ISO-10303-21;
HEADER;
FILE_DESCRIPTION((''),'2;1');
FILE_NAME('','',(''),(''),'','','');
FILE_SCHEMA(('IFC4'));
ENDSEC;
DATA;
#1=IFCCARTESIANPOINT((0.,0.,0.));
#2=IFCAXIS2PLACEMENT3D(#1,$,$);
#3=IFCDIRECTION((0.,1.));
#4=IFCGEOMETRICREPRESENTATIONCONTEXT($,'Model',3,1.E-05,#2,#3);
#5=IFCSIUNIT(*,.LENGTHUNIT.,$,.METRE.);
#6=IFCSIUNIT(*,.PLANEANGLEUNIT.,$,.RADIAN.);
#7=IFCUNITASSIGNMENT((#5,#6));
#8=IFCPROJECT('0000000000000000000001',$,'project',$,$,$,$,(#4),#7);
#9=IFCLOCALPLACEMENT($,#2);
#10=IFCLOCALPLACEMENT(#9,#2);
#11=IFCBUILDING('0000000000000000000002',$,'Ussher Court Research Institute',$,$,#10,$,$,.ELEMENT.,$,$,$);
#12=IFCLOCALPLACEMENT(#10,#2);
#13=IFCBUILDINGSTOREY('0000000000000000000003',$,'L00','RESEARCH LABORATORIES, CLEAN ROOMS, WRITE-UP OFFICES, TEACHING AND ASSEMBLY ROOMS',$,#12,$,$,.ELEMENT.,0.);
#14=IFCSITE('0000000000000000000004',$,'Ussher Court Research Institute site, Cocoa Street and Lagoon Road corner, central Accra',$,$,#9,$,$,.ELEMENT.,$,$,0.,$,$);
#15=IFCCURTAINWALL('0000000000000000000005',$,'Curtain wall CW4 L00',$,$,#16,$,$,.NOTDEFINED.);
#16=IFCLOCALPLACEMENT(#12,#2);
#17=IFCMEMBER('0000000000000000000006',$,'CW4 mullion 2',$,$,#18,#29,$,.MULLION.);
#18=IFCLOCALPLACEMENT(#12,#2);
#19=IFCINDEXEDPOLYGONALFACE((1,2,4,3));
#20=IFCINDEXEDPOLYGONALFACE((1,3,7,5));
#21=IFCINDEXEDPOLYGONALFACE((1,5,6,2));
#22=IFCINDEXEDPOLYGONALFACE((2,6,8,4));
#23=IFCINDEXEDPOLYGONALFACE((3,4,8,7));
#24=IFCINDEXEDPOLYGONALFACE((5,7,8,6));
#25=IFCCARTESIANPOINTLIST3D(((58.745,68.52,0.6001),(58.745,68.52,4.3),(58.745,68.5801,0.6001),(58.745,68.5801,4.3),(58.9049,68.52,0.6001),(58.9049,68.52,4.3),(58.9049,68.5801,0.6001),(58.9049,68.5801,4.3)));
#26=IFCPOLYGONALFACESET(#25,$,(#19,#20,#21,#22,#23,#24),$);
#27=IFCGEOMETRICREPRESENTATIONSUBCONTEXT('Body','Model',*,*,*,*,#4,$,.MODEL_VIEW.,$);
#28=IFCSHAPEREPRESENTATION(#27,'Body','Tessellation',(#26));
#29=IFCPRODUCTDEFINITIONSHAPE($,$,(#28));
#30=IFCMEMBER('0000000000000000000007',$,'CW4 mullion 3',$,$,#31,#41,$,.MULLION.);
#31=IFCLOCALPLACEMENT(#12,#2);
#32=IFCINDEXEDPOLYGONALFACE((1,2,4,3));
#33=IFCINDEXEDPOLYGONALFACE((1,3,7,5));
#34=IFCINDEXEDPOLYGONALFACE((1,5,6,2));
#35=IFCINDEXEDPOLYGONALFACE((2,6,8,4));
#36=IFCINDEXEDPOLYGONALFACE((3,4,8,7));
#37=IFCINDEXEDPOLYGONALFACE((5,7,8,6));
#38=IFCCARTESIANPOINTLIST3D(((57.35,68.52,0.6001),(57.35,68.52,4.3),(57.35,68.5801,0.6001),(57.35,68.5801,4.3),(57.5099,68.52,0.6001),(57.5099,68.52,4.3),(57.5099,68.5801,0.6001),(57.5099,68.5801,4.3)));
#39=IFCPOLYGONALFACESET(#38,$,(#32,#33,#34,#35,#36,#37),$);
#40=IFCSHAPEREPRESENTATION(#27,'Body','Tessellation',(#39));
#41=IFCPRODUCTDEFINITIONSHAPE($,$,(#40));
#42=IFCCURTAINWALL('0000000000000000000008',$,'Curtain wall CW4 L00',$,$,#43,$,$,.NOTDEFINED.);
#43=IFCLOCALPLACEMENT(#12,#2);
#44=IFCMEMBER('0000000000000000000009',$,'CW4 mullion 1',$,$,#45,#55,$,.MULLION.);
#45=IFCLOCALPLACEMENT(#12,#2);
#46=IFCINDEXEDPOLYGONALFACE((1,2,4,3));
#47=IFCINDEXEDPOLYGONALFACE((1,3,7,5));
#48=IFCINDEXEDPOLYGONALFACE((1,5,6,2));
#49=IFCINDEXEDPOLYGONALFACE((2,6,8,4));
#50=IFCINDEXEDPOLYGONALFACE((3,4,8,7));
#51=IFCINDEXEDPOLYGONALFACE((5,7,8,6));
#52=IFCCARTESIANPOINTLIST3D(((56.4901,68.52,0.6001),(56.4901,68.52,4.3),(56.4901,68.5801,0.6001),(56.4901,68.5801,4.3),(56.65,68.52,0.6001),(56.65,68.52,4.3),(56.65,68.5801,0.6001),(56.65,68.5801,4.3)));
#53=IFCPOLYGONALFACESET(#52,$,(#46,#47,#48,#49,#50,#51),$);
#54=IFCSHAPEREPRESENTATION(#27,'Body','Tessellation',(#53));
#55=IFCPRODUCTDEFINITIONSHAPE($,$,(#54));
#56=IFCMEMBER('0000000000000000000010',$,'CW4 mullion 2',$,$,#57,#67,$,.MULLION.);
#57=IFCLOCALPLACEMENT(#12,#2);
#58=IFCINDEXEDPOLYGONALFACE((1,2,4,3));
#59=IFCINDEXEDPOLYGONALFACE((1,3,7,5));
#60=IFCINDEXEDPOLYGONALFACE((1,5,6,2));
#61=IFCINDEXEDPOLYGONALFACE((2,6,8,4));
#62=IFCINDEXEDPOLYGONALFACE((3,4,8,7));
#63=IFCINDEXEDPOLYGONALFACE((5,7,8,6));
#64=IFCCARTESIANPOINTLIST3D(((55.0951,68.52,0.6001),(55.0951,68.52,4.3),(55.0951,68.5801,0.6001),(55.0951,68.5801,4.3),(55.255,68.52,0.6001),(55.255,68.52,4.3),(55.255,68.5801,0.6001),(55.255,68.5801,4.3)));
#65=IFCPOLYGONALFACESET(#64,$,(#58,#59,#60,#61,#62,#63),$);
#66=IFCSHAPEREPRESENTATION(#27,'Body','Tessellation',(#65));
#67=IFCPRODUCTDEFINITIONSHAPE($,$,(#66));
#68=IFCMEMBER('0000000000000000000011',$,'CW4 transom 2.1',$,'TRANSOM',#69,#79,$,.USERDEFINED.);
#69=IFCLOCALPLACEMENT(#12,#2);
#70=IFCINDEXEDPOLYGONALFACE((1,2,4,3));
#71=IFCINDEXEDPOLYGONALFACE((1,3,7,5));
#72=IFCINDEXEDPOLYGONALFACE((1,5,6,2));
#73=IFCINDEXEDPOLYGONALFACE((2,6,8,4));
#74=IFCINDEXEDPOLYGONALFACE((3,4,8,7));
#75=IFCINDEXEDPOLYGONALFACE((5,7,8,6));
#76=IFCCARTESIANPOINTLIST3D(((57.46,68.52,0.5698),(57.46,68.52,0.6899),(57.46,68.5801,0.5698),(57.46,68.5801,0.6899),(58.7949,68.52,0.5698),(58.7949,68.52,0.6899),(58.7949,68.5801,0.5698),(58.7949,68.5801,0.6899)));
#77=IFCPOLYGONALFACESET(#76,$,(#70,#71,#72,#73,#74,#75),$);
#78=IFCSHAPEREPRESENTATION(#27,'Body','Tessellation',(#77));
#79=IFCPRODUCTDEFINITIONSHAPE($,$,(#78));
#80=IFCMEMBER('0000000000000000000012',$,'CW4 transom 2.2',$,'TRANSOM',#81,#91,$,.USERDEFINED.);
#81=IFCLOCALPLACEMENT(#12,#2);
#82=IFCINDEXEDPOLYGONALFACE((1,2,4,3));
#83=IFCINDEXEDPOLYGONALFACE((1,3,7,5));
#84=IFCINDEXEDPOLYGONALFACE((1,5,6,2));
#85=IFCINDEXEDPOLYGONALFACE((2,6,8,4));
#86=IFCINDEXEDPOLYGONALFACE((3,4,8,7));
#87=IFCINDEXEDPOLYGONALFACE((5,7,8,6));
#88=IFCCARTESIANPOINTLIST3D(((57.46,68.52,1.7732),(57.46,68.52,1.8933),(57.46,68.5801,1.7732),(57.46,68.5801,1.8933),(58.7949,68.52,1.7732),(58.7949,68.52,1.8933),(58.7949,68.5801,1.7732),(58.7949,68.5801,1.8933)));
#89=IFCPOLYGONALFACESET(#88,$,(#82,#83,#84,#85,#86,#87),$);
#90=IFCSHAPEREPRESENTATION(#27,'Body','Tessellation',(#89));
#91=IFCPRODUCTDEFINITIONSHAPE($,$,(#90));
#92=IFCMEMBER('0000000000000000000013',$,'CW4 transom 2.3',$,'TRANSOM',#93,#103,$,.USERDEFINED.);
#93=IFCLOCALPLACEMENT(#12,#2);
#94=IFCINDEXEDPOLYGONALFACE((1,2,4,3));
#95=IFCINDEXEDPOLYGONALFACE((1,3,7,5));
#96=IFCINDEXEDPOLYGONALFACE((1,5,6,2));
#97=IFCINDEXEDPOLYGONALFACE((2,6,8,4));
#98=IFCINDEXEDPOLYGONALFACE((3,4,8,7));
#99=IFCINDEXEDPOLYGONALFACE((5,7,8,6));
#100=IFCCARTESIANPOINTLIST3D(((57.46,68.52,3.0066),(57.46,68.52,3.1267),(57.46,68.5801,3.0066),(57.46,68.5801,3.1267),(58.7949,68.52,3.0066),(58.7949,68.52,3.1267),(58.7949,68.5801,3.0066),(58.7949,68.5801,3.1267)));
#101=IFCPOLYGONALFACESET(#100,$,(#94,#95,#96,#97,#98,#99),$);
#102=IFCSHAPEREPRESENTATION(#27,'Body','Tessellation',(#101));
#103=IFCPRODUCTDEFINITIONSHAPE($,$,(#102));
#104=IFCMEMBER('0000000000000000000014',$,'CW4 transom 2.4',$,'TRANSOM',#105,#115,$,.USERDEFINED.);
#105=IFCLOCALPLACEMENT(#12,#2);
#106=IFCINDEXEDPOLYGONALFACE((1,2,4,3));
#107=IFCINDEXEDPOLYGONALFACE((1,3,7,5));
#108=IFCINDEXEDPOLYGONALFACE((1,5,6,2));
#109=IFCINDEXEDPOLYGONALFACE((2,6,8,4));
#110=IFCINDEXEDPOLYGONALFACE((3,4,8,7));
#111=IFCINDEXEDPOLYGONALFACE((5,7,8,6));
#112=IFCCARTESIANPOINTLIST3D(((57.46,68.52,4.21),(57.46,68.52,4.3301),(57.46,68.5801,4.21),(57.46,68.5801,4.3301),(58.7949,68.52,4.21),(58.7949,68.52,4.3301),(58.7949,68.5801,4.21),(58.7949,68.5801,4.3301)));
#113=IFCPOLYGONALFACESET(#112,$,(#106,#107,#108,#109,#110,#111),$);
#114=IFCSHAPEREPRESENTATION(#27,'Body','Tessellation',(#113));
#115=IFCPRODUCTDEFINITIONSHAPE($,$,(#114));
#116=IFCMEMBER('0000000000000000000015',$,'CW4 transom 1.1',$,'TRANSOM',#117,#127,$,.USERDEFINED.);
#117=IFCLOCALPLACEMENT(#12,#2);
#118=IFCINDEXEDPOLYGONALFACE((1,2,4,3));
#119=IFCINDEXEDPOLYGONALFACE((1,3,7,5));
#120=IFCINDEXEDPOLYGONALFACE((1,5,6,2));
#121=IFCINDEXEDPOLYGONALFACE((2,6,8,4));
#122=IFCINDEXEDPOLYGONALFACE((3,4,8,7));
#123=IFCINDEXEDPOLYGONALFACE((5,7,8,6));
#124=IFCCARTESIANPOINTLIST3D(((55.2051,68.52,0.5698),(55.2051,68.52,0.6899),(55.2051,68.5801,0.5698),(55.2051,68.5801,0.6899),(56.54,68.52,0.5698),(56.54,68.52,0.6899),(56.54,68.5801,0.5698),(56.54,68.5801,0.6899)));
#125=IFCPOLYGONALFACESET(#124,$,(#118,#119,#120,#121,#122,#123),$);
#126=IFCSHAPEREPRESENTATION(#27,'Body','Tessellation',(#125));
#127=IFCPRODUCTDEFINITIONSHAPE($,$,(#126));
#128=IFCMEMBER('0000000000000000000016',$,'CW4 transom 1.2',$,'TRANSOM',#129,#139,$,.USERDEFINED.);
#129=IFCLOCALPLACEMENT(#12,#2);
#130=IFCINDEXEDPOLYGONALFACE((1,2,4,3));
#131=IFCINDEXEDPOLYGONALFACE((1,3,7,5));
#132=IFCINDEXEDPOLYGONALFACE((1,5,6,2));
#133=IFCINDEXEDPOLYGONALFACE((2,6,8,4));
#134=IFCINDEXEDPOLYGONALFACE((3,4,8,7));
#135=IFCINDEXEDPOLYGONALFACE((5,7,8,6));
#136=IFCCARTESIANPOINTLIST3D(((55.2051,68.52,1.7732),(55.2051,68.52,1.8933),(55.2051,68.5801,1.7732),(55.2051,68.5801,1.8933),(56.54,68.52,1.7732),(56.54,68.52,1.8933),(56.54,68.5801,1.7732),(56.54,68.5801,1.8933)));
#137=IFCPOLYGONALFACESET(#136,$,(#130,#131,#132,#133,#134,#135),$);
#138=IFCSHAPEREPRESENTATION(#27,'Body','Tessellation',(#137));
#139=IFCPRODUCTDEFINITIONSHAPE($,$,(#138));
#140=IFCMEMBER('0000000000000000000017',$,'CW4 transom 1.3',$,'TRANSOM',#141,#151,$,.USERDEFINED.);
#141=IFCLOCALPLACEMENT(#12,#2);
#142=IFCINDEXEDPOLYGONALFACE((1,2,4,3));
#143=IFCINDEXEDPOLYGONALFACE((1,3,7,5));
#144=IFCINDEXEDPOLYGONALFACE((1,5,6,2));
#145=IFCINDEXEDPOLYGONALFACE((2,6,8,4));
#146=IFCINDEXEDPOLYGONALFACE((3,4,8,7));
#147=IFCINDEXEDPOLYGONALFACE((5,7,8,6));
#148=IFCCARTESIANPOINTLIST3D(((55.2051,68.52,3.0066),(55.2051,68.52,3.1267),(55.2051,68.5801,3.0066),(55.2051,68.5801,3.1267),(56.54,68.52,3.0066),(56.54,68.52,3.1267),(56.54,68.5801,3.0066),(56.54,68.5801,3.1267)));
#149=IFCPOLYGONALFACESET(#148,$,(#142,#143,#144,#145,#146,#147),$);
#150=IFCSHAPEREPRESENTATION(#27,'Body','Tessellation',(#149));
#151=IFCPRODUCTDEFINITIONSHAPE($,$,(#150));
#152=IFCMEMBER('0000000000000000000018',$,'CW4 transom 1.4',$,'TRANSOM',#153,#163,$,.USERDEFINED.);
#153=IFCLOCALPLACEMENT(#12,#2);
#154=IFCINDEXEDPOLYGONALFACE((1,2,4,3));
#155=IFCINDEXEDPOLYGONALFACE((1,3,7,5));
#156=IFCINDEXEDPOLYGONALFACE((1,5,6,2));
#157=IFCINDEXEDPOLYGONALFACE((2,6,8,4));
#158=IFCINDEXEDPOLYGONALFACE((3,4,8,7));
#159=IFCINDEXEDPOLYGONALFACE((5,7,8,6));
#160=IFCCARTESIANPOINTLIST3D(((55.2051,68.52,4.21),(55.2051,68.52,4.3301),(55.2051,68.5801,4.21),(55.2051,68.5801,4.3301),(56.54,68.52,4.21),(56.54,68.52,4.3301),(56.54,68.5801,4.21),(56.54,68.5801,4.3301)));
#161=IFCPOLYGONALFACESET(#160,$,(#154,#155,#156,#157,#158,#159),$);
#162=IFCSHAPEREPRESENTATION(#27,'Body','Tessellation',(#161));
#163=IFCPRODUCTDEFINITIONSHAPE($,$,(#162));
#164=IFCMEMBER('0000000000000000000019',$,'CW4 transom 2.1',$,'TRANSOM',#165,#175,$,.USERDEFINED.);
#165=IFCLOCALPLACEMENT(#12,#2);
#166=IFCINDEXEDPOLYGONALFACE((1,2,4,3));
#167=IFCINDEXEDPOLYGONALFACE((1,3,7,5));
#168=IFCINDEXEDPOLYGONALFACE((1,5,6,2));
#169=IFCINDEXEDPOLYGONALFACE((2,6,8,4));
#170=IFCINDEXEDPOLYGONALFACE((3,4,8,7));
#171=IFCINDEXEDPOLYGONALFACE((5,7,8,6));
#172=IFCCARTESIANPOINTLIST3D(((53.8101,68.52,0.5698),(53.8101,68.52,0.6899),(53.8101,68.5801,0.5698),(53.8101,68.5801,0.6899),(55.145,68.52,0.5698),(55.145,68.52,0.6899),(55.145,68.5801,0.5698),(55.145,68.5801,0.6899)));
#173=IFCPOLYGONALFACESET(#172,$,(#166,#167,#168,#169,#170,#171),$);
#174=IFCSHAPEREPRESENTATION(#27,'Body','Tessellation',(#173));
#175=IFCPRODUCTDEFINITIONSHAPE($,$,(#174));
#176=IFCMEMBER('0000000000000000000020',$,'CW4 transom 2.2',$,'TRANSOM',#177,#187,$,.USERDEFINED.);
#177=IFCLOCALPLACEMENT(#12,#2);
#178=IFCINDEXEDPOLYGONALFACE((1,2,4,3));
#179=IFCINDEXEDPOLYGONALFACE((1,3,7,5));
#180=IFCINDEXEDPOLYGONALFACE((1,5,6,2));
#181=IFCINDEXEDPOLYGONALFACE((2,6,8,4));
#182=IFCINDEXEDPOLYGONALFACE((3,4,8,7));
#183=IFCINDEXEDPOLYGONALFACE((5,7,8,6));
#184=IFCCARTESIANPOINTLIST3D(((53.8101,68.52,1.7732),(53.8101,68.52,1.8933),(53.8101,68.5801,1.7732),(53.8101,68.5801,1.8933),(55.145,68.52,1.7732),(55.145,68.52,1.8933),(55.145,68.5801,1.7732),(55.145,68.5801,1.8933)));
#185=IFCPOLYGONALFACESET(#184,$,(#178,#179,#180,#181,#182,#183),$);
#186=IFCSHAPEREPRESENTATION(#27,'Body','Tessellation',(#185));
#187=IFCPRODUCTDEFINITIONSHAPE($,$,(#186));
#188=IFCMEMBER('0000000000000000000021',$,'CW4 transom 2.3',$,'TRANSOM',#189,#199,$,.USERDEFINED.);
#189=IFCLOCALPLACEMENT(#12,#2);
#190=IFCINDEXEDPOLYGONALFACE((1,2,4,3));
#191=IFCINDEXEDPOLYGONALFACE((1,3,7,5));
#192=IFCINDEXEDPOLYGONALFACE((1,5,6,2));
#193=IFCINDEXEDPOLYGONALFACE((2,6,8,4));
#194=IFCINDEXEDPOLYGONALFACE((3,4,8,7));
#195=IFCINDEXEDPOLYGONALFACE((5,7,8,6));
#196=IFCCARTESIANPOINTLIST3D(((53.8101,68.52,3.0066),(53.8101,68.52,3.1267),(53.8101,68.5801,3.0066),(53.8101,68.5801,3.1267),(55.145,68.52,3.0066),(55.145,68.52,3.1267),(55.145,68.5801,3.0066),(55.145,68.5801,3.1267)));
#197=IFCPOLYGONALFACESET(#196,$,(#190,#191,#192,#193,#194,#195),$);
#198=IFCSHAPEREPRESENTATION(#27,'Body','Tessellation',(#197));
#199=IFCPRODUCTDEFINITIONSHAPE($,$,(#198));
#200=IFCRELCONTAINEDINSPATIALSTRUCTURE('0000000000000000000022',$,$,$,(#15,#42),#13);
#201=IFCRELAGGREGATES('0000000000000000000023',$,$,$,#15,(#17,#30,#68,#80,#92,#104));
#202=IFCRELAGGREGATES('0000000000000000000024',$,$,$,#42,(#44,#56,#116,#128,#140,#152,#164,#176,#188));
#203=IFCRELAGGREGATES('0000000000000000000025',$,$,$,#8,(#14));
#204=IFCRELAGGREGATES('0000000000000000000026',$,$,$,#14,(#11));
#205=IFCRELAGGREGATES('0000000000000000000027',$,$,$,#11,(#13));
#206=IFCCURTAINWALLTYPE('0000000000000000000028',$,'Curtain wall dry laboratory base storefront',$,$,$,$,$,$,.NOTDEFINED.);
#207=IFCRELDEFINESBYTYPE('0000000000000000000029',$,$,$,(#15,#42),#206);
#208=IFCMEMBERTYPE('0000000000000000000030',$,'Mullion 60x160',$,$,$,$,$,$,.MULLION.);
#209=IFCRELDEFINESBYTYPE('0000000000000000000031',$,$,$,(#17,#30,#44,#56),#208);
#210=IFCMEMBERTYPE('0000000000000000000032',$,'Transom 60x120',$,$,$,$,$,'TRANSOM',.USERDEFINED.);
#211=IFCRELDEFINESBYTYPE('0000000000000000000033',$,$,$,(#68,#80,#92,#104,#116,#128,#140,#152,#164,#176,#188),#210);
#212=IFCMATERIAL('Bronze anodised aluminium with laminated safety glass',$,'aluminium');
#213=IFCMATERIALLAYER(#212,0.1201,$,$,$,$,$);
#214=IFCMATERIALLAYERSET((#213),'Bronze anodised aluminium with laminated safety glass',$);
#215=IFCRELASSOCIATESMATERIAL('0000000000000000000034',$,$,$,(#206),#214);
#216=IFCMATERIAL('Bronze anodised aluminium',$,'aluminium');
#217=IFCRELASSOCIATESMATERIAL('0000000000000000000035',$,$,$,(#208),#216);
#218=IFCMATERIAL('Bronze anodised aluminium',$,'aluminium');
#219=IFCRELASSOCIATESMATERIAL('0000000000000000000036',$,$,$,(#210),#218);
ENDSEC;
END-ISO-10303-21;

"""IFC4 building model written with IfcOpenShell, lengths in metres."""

from ifc_helpers import new_model, si_unit, direction, frame, origin, origin_2d, place, context, subcontext, project, spatial, rectangle, extrude, material, layer, layer_set, material_profile, profile_set, type_object, element, aggregate, save


model = new_model("IFC4")

# Units and contexts
model_context = context("Model", 3, precision=1e-05, world=origin(), true_north=direction((0.0, 1.0)))
body_context = subcontext(model_context, "Body", "Model", "MODEL_VIEW")
ifc_project = project(units=[si_unit("LENGTHUNIT", "METRE"), si_unit("PLANEANGLEUNIT", "RADIAN")], contexts=[model_context])

# Site, building, storey
site_placement = place(None, origin())
site = spatial("IfcSite", under=ifc_project, at=site_placement, Name="Ussher Court Research Institute site, Cocoa Street and Lagoon Road corner, central Accra", CompositionType="ELEMENT", RefElevation=0.0)
building_placement = place(site_placement, origin())
building = spatial("IfcBuilding", under=site, at=building_placement, Name="Ussher Court Research Institute", CompositionType="ELEMENT")
storey_placement = place(building_placement, origin())
storey = spatial("IfcBuildingStorey", under=building, at=storey_placement, Name="L00", Description="RESEARCH LABORATORIES, CLEAN ROOMS, WRITE-UP OFFICES, TEACHING AND ASSEMBLY ROOMS", CompositionType="ELEMENT", Elevation=0.0)

# Curtain walls, members
ifc_material_1 = material(Name="Bronze anodised aluminium with laminated safety glass", Category="aluminium")
ifc_layer_1 = layer(ifc_material_1, 0.1201)
ifc_layer_set_1 = layer_set([ifc_layer_1], Name="Bronze anodised aluminium with laminated safety glass")
curtain_wall_type = type_object("IfcCurtainWallType", Name="Curtain wall dry laboratory base storefront", PredefinedType="NOTDEFINED", material=ifc_layer_set_1)
curtain_wall_1_placement = place(storey_placement, origin())
curtain_wall_1 = element("IfcCurtainWall", 1, at=curtain_wall_1_placement, inside=storey, type_object=curtain_wall_type, Name="Curtain wall CW4 L00", PredefinedType="NOTDEFINED")
ifc_material_2 = material(Name="Bronze anodised aluminium", Category="aluminium")
ifc_material_profile_1 = material_profile(ifc_material_2, rectangle(XDim=0.0601, YDim=0.1599, at=origin_2d()), Name="Mullion 60x160")
ifc_profile_set_1 = profile_set([ifc_material_profile_1], Name="Bronze anodised aluminium")
member_type_1 = type_object("IfcMemberType", Name="Mullion 60x160", PredefinedType="MULLION", material=ifc_profile_set_1)
member_1_placement = place(storey_placement, frame((58.825, 68.55, 0.6001), z_axis=(0.0, 0.0, 1.0), x_axis=(0.0, -1.0, 0.0)))
member_1 = element("IfcMember", 2, at=member_1_placement, type_object=member_type_1, Name="CW4 mullion 2", PredefinedType="MULLION", context=body_context, shape_type="SweptSolid", body=[
    extrude(rectangle(XDim=0.0601, YDim=0.1599, at=origin_2d()), origin(), (0.0, 0.0, 1.0), 3.7),
])
member_2_placement = place(storey_placement, frame((57.4299, 68.55, 0.6001), z_axis=(0.0, 0.0, 1.0), x_axis=(0.0, -1.0, 0.0)))
member_2 = element("IfcMember", 3, at=member_2_placement, type_object=member_type_1, Name="CW4 mullion 3", PredefinedType="MULLION", context=body_context, shape_type="SweptSolid", body=[
    extrude(rectangle(XDim=0.0601, YDim=0.1599, at=origin_2d()), origin(), (0.0, 0.0, 1.0), 3.7),
])
curtain_wall_2_placement = place(storey_placement, origin())
curtain_wall_2 = element("IfcCurtainWall", 4, at=curtain_wall_2_placement, inside=storey, type_object=curtain_wall_type, Name="Curtain wall CW4 L00", PredefinedType="NOTDEFINED")
member_3_placement = place(storey_placement, frame((56.5701, 68.55, 0.6001), z_axis=(0.0, 0.0, 1.0), x_axis=(0.0, -1.0, 0.0)))
member_3 = element("IfcMember", 5, at=member_3_placement, type_object=member_type_1, Name="CW4 mullion 1", PredefinedType="MULLION", context=body_context, shape_type="SweptSolid", body=[
    extrude(rectangle(XDim=0.0601, YDim=0.1599, at=origin_2d()), origin(), (0.0, 0.0, 1.0), 3.7),
])
member_4_placement = place(storey_placement, frame((55.175, 68.55, 0.6001), z_axis=(0.0, 0.0, 1.0), x_axis=(0.0, -1.0, 0.0)))
member_4 = element("IfcMember", 6, at=member_4_placement, type_object=member_type_1, Name="CW4 mullion 2", PredefinedType="MULLION", context=body_context, shape_type="SweptSolid", body=[
    extrude(rectangle(XDim=0.0601, YDim=0.1599, at=origin_2d()), origin(), (0.0, 0.0, 1.0), 3.7),
])

# Members
ifc_material_3 = material(Name="Bronze anodised aluminium", Category="aluminium")
ifc_material_profile_2 = material_profile(ifc_material_3, rectangle(XDim=0.0601, YDim=0.1201, at=origin_2d()), Name="Transom 60x120")
ifc_profile_set_2 = profile_set([ifc_material_profile_2], Name="Bronze anodised aluminium")
member_type_2 = type_object("IfcMemberType", Name="Transom 60x120", ElementType="TRANSOM", PredefinedType="USERDEFINED", material=ifc_profile_set_2)
member_5_placement = place(storey_placement, frame((58.7949, 68.55, 0.6299), z_axis=(-1.0, 0.0, 0.0), x_axis=(0.0, -1.0, 0.0)))
member_5 = element("IfcMember", 7, at=member_5_placement, type_object=member_type_2, Name="CW4 transom 2.1", ObjectType="TRANSOM", PredefinedType="USERDEFINED", context=body_context, shape_type="SweptSolid", body=[
    extrude(rectangle(XDim=0.0601, YDim=0.1201, at=origin_2d()), origin(), (0.0, 0.0, 1.0), 1.335),
])
member_6_placement = place(storey_placement, frame((58.7949, 68.55, 1.8333), z_axis=(-1.0, 0.0, 0.0), x_axis=(0.0, -1.0, 0.0)))
member_6 = element("IfcMember", 8, at=member_6_placement, type_object=member_type_2, Name="CW4 transom 2.2", ObjectType="TRANSOM", PredefinedType="USERDEFINED", context=body_context, shape_type="SweptSolid", body=[
    extrude(rectangle(XDim=0.0601, YDim=0.1201, at=origin_2d()), origin(), (0.0, 0.0, 1.0), 1.335),
])
member_7_placement = place(storey_placement, frame((58.7949, 68.55, 3.0667), z_axis=(-1.0, 0.0, 0.0), x_axis=(0.0, -1.0, 0.0)))
member_7 = element("IfcMember", 9, at=member_7_placement, type_object=member_type_2, Name="CW4 transom 2.3", ObjectType="TRANSOM", PredefinedType="USERDEFINED", context=body_context, shape_type="SweptSolid", body=[
    extrude(rectangle(XDim=0.0601, YDim=0.1201, at=origin_2d()), origin(), (0.0, 0.0, 1.0), 1.335),
])
member_8_placement = place(storey_placement, frame((58.7949, 68.55, 4.27), z_axis=(-1.0, 0.0, 0.0), x_axis=(0.0, -1.0, 0.0)))
member_8 = element("IfcMember", 10, at=member_8_placement, type_object=member_type_2, Name="CW4 transom 2.4", ObjectType="TRANSOM", PredefinedType="USERDEFINED", context=body_context, shape_type="SweptSolid", body=[
    extrude(rectangle(XDim=0.0601, YDim=0.1201, at=origin_2d()), origin(), (0.0, 0.0, 1.0), 1.335),
])
member_9_placement = place(storey_placement, frame((56.54, 68.55, 0.6299), z_axis=(-1.0, 0.0, 0.0), x_axis=(0.0, -1.0, 0.0)))
member_9 = element("IfcMember", 11, at=member_9_placement, type_object=member_type_2, Name="CW4 transom 1.1", ObjectType="TRANSOM", PredefinedType="USERDEFINED", context=body_context, shape_type="SweptSolid", body=[
    extrude(rectangle(XDim=0.0601, YDim=0.1201, at=origin_2d()), origin(), (0.0, 0.0, 1.0), 1.335),
])
member_10_placement = place(storey_placement, frame((56.54, 68.55, 1.8333), z_axis=(-1.0, 0.0, 0.0), x_axis=(0.0, -1.0, 0.0)))
member_10 = element("IfcMember", 12, at=member_10_placement, type_object=member_type_2, Name="CW4 transom 1.2", ObjectType="TRANSOM", PredefinedType="USERDEFINED", context=body_context, shape_type="SweptSolid", body=[
    extrude(rectangle(XDim=0.0601, YDim=0.1201, at=origin_2d()), origin(), (0.0, 0.0, 1.0), 1.335),
])
member_11_placement = place(storey_placement, frame((56.54, 68.55, 3.0667), z_axis=(-1.0, 0.0, 0.0), x_axis=(0.0, -1.0, 0.0)))
member_11 = element("IfcMember", 13, at=member_11_placement, type_object=member_type_2, Name="CW4 transom 1.3", ObjectType="TRANSOM", PredefinedType="USERDEFINED", context=body_context, shape_type="SweptSolid", body=[
    extrude(rectangle(XDim=0.0601, YDim=0.1201, at=origin_2d()), origin(), (0.0, 0.0, 1.0), 1.335),
])
member_12_placement = place(storey_placement, frame((56.54, 68.55, 4.27), z_axis=(-1.0, 0.0, 0.0), x_axis=(0.0, -1.0, 0.0)))
member_12 = element("IfcMember", 14, at=member_12_placement, type_object=member_type_2, Name="CW4 transom 1.4", ObjectType="TRANSOM", PredefinedType="USERDEFINED", context=body_context, shape_type="SweptSolid", body=[
    extrude(rectangle(XDim=0.0601, YDim=0.1201, at=origin_2d()), origin(), (0.0, 0.0, 1.0), 1.335),
])
member_13_placement = place(storey_placement, frame((55.145, 68.55, 0.6299), z_axis=(-1.0, 0.0, 0.0), x_axis=(0.0, -1.0, 0.0)))
member_13 = element("IfcMember", 15, at=member_13_placement, type_object=member_type_2, Name="CW4 transom 2.1", ObjectType="TRANSOM", PredefinedType="USERDEFINED", context=body_context, shape_type="SweptSolid", body=[
    extrude(rectangle(XDim=0.0601, YDim=0.1201, at=origin_2d()), origin(), (0.0, 0.0, 1.0), 1.335),
])
member_14_placement = place(storey_placement, frame((55.145, 68.55, 1.8333), z_axis=(-1.0, 0.0, 0.0), x_axis=(0.0, -1.0, 0.0)))
member_14 = element("IfcMember", 16, at=member_14_placement, type_object=member_type_2, Name="CW4 transom 2.2", ObjectType="TRANSOM", PredefinedType="USERDEFINED", context=body_context, shape_type="SweptSolid", body=[
    extrude(rectangle(XDim=0.0601, YDim=0.1201, at=origin_2d()), origin(), (0.0, 0.0, 1.0), 1.335),
])
member_15_placement = place(storey_placement, frame((55.145, 68.55, 3.0667), z_axis=(-1.0, 0.0, 0.0), x_axis=(0.0, -1.0, 0.0)))
member_15 = element("IfcMember", 17, at=member_15_placement, type_object=member_type_2, Name="CW4 transom 2.3", ObjectType="TRANSOM", PredefinedType="USERDEFINED", context=body_context, shape_type="SweptSolid", body=[
    extrude(rectangle(XDim=0.0601, YDim=0.1201, at=origin_2d()), origin(), (0.0, 0.0, 1.0), 1.335),
])

aggregate(curtain_wall_1, [member_1, member_2, member_5, member_6, member_7, member_8])
aggregate(curtain_wall_2, [member_3, member_4, member_9, member_10, member_11, member_12, member_13, member_14, member_15])

save(model, "model.ifc")
